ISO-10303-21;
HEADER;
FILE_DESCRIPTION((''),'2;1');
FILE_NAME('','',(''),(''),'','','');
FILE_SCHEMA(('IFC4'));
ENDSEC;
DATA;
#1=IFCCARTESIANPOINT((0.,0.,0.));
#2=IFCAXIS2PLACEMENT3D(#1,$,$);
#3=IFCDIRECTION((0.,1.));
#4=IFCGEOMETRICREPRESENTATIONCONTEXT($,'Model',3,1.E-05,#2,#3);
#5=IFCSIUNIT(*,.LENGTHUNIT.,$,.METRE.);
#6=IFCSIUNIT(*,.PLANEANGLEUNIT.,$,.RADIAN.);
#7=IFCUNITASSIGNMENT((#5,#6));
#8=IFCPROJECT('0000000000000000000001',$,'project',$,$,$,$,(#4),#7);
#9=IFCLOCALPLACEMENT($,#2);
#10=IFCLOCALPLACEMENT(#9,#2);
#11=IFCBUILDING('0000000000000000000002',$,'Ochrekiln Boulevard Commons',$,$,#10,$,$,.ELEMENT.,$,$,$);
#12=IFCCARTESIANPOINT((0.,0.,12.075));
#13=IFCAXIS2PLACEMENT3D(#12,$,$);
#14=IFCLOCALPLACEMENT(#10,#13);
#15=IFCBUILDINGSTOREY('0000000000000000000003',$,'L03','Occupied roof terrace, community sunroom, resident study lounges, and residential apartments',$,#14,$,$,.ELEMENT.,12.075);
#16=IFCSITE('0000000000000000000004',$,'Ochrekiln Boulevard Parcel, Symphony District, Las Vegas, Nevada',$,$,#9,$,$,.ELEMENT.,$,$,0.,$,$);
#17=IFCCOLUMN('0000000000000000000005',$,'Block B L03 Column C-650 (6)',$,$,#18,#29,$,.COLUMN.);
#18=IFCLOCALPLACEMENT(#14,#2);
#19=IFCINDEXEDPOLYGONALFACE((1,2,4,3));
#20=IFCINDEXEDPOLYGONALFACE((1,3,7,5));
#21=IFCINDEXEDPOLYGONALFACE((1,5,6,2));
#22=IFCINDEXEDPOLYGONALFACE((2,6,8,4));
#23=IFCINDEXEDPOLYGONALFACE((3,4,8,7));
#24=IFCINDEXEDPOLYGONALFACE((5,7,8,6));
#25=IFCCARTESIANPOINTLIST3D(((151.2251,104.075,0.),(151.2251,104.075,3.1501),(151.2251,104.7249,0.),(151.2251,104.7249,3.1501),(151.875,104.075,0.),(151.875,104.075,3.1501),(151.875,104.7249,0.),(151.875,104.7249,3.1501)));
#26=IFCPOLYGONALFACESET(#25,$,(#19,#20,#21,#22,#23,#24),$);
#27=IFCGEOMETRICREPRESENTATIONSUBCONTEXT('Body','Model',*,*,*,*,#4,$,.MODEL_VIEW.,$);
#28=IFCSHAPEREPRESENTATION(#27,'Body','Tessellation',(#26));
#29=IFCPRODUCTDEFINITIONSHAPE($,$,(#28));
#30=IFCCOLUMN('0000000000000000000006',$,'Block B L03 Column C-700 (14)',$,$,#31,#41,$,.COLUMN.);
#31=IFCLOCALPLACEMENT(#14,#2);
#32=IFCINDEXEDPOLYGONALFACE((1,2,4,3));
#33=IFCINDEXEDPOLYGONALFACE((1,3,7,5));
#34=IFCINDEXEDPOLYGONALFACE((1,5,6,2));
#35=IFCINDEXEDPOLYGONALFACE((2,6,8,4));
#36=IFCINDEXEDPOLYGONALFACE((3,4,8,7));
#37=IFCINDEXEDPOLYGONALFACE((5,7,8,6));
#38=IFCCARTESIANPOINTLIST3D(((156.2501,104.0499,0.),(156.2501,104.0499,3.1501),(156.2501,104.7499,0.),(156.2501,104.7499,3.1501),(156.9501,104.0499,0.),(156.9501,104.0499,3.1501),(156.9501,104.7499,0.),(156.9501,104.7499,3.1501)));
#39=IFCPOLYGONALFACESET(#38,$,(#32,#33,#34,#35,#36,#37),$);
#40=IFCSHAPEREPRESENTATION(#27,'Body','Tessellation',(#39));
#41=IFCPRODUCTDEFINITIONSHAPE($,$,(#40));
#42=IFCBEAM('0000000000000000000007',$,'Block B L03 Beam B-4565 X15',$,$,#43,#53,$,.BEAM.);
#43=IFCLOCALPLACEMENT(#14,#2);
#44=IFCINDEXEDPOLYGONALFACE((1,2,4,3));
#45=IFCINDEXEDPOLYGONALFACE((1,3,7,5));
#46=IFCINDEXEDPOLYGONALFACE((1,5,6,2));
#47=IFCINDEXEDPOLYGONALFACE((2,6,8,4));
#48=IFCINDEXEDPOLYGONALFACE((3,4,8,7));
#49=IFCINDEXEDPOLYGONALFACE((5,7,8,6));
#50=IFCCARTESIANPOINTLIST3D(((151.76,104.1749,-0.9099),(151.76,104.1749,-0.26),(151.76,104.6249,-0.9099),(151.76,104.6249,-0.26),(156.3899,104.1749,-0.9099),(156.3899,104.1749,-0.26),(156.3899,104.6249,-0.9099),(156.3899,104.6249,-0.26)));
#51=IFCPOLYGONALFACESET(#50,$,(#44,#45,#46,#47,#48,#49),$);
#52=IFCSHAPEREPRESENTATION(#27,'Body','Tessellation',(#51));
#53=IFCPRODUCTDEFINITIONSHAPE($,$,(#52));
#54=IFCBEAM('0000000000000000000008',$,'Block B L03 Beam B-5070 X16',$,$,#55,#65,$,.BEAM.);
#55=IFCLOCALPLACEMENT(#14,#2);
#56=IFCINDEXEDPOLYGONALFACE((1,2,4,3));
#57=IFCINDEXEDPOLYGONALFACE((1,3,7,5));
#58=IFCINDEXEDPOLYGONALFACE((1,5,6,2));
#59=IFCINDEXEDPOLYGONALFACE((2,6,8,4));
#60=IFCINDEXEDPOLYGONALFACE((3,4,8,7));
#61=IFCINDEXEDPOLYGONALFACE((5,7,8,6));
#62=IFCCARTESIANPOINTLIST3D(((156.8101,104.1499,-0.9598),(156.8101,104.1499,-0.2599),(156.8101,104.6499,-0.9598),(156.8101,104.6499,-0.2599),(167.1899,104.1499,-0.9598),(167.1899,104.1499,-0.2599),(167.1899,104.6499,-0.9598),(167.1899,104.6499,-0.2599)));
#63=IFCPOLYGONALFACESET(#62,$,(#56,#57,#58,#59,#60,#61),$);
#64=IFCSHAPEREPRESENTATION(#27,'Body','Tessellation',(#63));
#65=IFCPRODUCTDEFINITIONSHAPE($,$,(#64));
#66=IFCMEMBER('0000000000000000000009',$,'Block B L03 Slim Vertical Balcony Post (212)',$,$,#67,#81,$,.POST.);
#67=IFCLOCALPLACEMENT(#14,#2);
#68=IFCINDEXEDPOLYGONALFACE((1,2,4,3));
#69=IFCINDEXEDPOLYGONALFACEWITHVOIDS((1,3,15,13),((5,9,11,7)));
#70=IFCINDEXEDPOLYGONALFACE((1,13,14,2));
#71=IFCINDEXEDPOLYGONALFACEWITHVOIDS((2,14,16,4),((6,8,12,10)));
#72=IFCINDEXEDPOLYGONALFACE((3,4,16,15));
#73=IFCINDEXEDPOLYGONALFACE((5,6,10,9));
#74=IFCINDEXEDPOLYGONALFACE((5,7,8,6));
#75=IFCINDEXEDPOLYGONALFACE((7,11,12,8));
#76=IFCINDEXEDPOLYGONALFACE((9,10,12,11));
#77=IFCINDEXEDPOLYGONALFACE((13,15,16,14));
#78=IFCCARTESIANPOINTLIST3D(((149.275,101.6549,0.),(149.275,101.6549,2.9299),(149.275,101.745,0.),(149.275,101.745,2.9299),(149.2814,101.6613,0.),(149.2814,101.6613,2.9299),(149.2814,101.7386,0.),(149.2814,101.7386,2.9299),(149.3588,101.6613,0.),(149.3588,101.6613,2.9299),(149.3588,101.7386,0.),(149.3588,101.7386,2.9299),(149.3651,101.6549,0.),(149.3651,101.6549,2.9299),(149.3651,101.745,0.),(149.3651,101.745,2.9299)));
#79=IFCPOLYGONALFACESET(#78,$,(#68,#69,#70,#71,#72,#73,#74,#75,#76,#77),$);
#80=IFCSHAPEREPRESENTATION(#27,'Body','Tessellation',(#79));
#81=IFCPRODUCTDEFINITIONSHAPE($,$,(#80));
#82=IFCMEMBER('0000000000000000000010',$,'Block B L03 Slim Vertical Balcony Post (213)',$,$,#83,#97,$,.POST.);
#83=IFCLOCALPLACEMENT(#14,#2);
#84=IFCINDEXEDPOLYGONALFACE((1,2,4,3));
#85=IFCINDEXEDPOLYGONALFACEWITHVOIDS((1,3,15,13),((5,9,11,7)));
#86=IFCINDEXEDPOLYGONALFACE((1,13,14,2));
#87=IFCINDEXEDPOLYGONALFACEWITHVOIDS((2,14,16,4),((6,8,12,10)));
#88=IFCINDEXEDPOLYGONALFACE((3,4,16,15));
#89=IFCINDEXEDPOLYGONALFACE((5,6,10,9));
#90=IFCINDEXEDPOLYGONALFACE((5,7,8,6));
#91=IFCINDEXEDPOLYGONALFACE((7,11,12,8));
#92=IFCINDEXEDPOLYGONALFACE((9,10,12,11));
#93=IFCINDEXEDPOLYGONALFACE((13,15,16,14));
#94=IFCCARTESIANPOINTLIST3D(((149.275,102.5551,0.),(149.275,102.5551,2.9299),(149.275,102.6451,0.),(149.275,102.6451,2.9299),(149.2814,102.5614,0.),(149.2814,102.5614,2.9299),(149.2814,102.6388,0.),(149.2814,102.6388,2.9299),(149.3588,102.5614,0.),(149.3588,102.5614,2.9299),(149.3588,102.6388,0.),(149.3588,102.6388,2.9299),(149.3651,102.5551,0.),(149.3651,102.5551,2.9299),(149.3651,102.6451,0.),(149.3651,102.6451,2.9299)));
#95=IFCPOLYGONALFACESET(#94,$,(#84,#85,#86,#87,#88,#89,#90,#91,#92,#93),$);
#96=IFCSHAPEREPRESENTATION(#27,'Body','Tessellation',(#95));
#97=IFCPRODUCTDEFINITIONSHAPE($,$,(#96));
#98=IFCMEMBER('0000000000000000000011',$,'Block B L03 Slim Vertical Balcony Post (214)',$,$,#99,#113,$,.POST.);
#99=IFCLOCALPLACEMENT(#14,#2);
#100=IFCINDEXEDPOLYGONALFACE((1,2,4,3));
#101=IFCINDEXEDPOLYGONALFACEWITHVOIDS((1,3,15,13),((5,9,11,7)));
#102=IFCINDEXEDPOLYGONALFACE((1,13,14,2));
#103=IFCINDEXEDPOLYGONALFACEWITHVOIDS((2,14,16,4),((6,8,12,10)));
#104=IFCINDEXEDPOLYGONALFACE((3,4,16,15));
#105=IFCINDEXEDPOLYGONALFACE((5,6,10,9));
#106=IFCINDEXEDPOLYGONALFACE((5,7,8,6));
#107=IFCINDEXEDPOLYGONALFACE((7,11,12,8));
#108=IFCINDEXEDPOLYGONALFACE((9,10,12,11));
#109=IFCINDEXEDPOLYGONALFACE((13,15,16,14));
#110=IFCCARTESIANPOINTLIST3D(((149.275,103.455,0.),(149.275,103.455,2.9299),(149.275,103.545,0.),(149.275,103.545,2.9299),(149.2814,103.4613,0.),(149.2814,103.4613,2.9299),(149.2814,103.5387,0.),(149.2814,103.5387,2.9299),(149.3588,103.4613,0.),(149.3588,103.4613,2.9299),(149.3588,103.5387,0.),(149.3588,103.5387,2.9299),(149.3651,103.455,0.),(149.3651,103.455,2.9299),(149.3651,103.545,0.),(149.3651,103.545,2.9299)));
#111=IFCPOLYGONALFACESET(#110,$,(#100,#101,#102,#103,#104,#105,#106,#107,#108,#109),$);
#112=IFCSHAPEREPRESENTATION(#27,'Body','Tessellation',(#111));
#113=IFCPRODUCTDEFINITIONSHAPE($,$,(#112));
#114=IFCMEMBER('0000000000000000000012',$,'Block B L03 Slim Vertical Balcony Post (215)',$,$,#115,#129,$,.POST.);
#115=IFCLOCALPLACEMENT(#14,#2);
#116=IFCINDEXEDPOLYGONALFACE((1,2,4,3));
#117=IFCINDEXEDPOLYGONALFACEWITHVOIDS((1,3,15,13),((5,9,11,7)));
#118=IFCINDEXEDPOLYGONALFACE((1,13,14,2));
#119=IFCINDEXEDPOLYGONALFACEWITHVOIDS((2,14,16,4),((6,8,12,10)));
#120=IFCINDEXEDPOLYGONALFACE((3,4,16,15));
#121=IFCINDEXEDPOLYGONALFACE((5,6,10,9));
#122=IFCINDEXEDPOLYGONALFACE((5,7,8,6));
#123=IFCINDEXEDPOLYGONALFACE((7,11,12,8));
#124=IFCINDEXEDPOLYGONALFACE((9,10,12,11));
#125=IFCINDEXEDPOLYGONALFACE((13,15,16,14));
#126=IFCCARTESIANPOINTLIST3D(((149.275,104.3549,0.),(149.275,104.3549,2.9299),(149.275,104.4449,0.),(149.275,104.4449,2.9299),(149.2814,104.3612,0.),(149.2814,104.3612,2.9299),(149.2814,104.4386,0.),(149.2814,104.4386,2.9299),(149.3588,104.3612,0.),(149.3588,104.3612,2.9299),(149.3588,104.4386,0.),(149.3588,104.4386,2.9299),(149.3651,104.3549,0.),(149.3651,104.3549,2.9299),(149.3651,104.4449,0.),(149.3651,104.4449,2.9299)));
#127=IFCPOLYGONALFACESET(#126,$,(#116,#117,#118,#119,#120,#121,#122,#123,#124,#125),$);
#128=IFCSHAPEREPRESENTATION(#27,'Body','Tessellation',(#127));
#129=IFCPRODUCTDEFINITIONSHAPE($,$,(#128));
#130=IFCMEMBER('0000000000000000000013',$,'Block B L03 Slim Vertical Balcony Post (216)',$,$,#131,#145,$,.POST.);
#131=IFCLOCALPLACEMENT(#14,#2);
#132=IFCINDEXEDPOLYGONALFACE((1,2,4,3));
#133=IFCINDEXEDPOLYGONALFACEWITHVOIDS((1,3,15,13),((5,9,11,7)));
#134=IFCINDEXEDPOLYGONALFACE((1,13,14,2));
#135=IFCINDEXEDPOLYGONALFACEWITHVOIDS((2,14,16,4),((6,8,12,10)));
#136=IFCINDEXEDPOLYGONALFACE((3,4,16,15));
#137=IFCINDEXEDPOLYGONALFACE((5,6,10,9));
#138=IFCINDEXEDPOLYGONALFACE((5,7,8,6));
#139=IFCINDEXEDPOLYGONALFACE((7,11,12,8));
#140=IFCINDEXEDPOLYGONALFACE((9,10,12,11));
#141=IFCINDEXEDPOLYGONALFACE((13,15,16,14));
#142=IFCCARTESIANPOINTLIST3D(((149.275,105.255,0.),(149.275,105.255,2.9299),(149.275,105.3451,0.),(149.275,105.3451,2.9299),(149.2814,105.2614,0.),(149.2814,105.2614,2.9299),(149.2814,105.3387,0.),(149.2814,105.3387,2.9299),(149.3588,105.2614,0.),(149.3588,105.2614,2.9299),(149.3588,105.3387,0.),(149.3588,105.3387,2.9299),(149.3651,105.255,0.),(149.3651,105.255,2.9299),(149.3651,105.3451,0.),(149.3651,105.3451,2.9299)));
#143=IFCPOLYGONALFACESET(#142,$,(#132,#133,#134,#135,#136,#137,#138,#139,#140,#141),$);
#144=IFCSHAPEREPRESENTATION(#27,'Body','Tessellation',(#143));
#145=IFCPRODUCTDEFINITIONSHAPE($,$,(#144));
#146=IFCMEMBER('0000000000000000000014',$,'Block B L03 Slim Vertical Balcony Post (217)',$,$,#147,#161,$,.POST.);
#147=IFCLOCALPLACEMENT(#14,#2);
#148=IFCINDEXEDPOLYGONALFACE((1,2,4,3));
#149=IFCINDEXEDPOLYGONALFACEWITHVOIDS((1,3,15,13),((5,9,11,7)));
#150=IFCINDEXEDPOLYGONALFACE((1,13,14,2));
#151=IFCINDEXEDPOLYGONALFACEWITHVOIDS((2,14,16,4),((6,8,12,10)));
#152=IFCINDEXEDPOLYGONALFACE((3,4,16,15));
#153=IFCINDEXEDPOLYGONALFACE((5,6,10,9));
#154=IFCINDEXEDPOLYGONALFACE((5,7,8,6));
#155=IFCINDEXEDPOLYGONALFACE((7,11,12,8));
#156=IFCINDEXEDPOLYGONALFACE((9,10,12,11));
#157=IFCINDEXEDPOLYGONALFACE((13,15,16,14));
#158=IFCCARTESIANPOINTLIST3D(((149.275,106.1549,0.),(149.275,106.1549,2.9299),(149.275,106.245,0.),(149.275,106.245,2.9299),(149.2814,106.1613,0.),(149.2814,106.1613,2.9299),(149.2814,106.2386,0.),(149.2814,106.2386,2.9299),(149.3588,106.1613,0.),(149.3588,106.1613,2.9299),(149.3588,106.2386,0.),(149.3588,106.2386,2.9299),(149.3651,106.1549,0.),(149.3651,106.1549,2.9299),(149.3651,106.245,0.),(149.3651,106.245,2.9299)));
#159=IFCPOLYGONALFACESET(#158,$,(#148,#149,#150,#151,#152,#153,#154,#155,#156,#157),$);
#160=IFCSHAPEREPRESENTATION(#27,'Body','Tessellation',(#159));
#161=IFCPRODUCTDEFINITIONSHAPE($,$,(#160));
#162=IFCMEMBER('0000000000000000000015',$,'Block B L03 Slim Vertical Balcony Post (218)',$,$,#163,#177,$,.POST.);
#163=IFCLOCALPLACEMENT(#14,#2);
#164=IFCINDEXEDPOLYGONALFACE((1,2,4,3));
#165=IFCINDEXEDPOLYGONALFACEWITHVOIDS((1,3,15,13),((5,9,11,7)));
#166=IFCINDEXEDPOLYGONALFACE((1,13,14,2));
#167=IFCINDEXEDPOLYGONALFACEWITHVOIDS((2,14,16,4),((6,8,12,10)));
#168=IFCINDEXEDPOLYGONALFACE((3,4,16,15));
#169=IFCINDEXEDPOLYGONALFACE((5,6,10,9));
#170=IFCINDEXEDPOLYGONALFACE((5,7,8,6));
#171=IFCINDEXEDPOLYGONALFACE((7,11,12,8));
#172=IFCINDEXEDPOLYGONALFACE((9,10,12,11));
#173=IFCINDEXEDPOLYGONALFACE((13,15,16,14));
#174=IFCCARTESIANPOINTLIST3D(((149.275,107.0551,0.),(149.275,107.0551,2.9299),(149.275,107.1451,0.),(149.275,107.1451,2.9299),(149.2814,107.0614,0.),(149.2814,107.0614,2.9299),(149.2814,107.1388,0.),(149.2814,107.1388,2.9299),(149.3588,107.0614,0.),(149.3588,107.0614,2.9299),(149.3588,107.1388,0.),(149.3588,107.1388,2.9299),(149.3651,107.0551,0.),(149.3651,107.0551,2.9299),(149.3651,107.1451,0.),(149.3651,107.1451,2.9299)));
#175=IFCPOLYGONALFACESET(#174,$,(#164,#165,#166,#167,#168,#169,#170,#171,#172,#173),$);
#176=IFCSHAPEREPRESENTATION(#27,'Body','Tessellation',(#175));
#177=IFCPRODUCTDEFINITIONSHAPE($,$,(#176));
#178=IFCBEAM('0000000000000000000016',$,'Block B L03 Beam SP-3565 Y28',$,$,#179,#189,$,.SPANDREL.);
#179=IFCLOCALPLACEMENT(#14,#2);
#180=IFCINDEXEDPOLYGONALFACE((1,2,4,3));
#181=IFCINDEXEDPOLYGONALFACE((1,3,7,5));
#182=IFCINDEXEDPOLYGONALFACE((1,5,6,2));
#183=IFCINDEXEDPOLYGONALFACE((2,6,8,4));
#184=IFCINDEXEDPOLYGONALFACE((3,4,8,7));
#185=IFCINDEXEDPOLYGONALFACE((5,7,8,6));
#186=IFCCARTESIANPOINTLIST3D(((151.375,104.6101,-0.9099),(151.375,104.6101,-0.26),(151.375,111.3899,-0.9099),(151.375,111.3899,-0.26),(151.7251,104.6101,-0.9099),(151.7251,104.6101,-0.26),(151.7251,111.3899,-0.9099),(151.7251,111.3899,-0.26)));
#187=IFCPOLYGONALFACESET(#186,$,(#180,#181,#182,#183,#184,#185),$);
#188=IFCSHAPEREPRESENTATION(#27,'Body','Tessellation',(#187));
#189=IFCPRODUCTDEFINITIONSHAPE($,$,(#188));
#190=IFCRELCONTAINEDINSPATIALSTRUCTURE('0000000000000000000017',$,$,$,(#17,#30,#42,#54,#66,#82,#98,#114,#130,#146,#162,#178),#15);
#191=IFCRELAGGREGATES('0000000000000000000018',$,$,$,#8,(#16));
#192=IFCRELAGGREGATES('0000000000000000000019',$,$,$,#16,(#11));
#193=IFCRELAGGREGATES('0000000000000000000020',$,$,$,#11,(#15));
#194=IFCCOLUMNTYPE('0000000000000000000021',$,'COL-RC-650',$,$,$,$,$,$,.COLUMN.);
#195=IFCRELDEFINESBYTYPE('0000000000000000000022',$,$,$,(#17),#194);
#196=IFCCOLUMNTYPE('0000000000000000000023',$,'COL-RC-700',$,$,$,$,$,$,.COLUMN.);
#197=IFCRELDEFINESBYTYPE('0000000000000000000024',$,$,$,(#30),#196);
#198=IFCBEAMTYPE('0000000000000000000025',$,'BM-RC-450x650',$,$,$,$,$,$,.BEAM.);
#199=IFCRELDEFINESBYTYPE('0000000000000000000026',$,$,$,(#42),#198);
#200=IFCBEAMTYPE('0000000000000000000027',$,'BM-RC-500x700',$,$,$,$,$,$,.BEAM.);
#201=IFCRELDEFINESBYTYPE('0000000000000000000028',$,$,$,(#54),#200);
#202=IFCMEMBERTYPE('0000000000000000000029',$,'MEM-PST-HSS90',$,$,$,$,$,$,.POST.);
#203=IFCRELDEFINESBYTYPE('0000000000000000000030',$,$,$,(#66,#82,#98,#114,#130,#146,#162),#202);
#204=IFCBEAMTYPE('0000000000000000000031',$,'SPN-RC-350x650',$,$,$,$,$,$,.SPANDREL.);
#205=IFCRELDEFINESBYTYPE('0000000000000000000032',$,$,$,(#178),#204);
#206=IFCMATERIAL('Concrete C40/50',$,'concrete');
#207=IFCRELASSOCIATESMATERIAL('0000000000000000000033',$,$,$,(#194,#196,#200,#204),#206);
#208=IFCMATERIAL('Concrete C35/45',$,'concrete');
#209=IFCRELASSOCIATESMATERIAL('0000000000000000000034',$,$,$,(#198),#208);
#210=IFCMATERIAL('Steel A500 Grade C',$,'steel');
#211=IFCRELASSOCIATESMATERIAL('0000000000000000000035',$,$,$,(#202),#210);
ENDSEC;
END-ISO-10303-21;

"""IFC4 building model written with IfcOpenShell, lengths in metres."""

from ifc_helpers import new_model, si_unit, direction, frame, origin, origin_2d, place, context, subcontext, project, spatial, rectangle, hollow_rectangle, extrude, material, material_profile, profile_set, type_object, element, save


model = new_model("IFC4")

# Units and contexts
model_context = context("Model", 3, precision=1e-05, world=origin(), true_north=direction((0.0, 1.0)))
body_context = subcontext(model_context, "Body", "Model", "MODEL_VIEW")
ifc_project = project(units=[si_unit("LENGTHUNIT", "METRE"), si_unit("PLANEANGLEUNIT", "RADIAN")], contexts=[model_context])

# Site, building, storey
site_placement = place(None, origin())
site = spatial("IfcSite", under=ifc_project, at=site_placement, Name="Ochrekiln Boulevard Parcel, Symphony District, Las Vegas, Nevada", CompositionType="ELEMENT", RefElevation=0.0)
building_placement = place(site_placement, origin())
building = spatial("IfcBuilding", under=site, at=building_placement, Name="Ochrekiln Boulevard Commons", CompositionType="ELEMENT")
storey_placement = place(building_placement, frame((0.0, 0.0, 12.075)))
storey = spatial("IfcBuildingStorey", under=building, at=storey_placement, Name="L03", Description="Occupied roof terrace, community sunroom, resident study lounges, and residential apartments", CompositionType="ELEMENT", Elevation=12.075)

# Columns
ifc_material_1 = material(Name="Concrete C40/50", Category="concrete")
ifc_material_profile_1 = material_profile(ifc_material_1, rectangle(XDim=0.6499, YDim=0.6499, at=origin_2d()), Name="RC-COL-650x650")
ifc_profile_set_1 = profile_set([ifc_material_profile_1], Name="Concrete C40/50")
column_type_1 = type_object("IfcColumnType", Name="COL-RC-650", PredefinedType="COLUMN", material=ifc_profile_set_1)
column_1_placement = place(storey_placement, frame((151.55, 104.3999, 0.0), z_axis=(0.0, 0.0, 1.0), x_axis=(1.0, 0.0, 0.0)))
element("IfcColumn", 1, at=column_1_placement, inside=storey, type_object=column_type_1, Name="Block B L03 Column C-650 (6)", PredefinedType="COLUMN", context=body_context, shape_type="SweptSolid", body=[
    extrude(rectangle(XDim=0.6499, YDim=0.6499, at=origin_2d()), origin(), (0.0, 0.0, 1.0), 3.1501),
])
ifc_material_profile_2 = material_profile(ifc_material_1, rectangle(XDim=0.7, YDim=0.7, at=origin_2d()), Name="RC-COL-700x700")
ifc_profile_set_2 = profile_set([ifc_material_profile_2], Name="Concrete C40/50")
column_type_2 = type_object("IfcColumnType", Name="COL-RC-700", PredefinedType="COLUMN", material=ifc_profile_set_2)
column_2_placement = place(storey_placement, frame((156.6001, 104.3999, 0.0), z_axis=(0.0, 0.0, 1.0), x_axis=(1.0, 0.0, 0.0)))
element("IfcColumn", 2, at=column_2_placement, inside=storey, type_object=column_type_2, Name="Block B L03 Column C-700 (14)", PredefinedType="COLUMN", context=body_context, shape_type="SweptSolid", body=[
    extrude(rectangle(XDim=0.7, YDim=0.7, at=origin_2d()), origin(), (0.0, 0.0, 1.0), 3.1501),
])

# Beams
ifc_material_2 = material(Name="Concrete C35/45", Category="concrete")
ifc_material_profile_3 = material_profile(ifc_material_2, rectangle(XDim=0.45, YDim=0.6499, at=origin_2d()), Name="RC-BM-450x650")
ifc_profile_set_3 = profile_set([ifc_material_profile_3], Name="Concrete C35/45")
beam_type_1 = type_object("IfcBeamType", Name="BM-RC-450x650", PredefinedType="BEAM", material=ifc_profile_set_3)
beam_1_placement = place(storey_placement, frame((151.76, 104.3999, -0.585), z_axis=(1.0, 0.0, 0.0), x_axis=(0.0, 1.0, 0.0)))
element("IfcBeam", 3, at=beam_1_placement, inside=storey, type_object=beam_type_1, Name="Block B L03 Beam B-4565 X15", PredefinedType="BEAM", context=body_context, shape_type="SweptSolid", body=[
    extrude(rectangle(XDim=0.45, YDim=0.6499, at=origin_2d()), origin(), (0.0, 0.0, 1.0), 4.6299),
])
ifc_material_profile_4 = material_profile(ifc_material_1, rectangle(XDim=0.5, YDim=0.7, at=origin_2d()), Name="RC-BM-500x700")
ifc_profile_set_4 = profile_set([ifc_material_profile_4], Name="Concrete C40/50")
beam_type_2 = type_object("IfcBeamType", Name="BM-RC-500x700", PredefinedType="BEAM", material=ifc_profile_set_4)
beam_2_placement = place(storey_placement, frame((156.8101, 104.3999, -0.6099), z_axis=(1.0, 0.0, 0.0), x_axis=(0.0, 1.0, 0.0)))
element("IfcBeam", 4, at=beam_2_placement, inside=storey, type_object=beam_type_2, Name="Block B L03 Beam B-5070 X16", PredefinedType="BEAM", context=body_context, shape_type="SweptSolid", body=[
    extrude(rectangle(XDim=0.5, YDim=0.7, at=origin_2d()), origin(), (0.0, 0.0, 1.0), 10.3799),
])

# Members
ifc_material_3 = material(Name="Steel A500 Grade C", Category="steel")
ifc_material_profile_5 = material_profile(ifc_material_3, hollow_rectangle(XDim=0.0901, YDim=0.0901, WallThickness=0.0063, at=origin_2d()), Name="HSS90X90X6.4")
ifc_profile_set_5 = profile_set([ifc_material_profile_5], Name="Steel A500 Grade C")
member_type = type_object("IfcMemberType", Name="MEM-PST-HSS90", PredefinedType="POST", material=ifc_profile_set_5)
for number, where, z_axis, x_axis, name in (
    (5, (149.3201, 101.7, 0.0), (0.0, 0.0, 1.0), (1.0, 0.0, 0.0), "Block B L03 Slim Vertical Balcony Post (212)"),
    (6, (149.3201, 102.6001, 0.0), (0.0, 0.0, 1.0), (1.0, 0.0, 0.0), "Block B L03 Slim Vertical Balcony Post (213)"),
    (7, (149.3201, 103.5, 0.0), (0.0, 0.0, 1.0), (1.0, 0.0, 0.0), "Block B L03 Slim Vertical Balcony Post (214)"),
    (8, (149.3201, 104.3999, 0.0), (0.0, 0.0, 1.0), (1.0, 0.0, 0.0), "Block B L03 Slim Vertical Balcony Post (215)"),
    (9, (149.3201, 105.3, 0.0), (0.0, 0.0, 1.0), (1.0, 0.0, 0.0), "Block B L03 Slim Vertical Balcony Post (216)"),
    (10, (149.3201, 106.2, 0.0), (0.0, 0.0, 1.0), (1.0, 0.0, 0.0), "Block B L03 Slim Vertical Balcony Post (217)"),
    (11, (149.3201, 107.1001, 0.0), (0.0, 0.0, 1.0), (1.0, 0.0, 0.0), "Block B L03 Slim Vertical Balcony Post (218)"),
):
    element("IfcMember", number, at=place(storey_placement, frame(where, z_axis=z_axis, x_axis=x_axis)), inside=storey, type_object=member_type, Name=name, PredefinedType="POST", context=body_context, shape_type="SweptSolid", body=[
        extrude(hollow_rectangle(XDim=0.0901, YDim=0.0901, WallThickness=0.0063, at=origin_2d()), origin(), (0.0, 0.0, 1.0), 2.9299),
    ])

# Beam
ifc_material_profile_6 = material_profile(ifc_material_1, rectangle(XDim=0.3501, YDim=0.6499, at=origin_2d()), Name="RC-SPN-350x650")
ifc_profile_set_6 = profile_set([ifc_material_profile_6], Name="Concrete C40/50")
beam_type_3 = type_object("IfcBeamType", Name="SPN-RC-350x650", PredefinedType="SPANDREL", material=ifc_profile_set_6)
beam_3_placement = place(storey_placement, frame((151.55, 104.6101, -0.585), z_axis=(0.0, 1.0, 0.0), x_axis=(-1.0, 0.0, 0.0)))
element("IfcBeam", 12, at=beam_3_placement, inside=storey, type_object=beam_type_3, Name="Block B L03 Beam SP-3565 Y28", PredefinedType="SPANDREL", context=body_context, shape_type="SweptSolid", body=[
    extrude(rectangle(XDim=0.3501, YDim=0.6499, at=origin_2d()), origin(), (0.0, 0.0, 1.0), 6.7798),
])

save(model, "model.ifc")
